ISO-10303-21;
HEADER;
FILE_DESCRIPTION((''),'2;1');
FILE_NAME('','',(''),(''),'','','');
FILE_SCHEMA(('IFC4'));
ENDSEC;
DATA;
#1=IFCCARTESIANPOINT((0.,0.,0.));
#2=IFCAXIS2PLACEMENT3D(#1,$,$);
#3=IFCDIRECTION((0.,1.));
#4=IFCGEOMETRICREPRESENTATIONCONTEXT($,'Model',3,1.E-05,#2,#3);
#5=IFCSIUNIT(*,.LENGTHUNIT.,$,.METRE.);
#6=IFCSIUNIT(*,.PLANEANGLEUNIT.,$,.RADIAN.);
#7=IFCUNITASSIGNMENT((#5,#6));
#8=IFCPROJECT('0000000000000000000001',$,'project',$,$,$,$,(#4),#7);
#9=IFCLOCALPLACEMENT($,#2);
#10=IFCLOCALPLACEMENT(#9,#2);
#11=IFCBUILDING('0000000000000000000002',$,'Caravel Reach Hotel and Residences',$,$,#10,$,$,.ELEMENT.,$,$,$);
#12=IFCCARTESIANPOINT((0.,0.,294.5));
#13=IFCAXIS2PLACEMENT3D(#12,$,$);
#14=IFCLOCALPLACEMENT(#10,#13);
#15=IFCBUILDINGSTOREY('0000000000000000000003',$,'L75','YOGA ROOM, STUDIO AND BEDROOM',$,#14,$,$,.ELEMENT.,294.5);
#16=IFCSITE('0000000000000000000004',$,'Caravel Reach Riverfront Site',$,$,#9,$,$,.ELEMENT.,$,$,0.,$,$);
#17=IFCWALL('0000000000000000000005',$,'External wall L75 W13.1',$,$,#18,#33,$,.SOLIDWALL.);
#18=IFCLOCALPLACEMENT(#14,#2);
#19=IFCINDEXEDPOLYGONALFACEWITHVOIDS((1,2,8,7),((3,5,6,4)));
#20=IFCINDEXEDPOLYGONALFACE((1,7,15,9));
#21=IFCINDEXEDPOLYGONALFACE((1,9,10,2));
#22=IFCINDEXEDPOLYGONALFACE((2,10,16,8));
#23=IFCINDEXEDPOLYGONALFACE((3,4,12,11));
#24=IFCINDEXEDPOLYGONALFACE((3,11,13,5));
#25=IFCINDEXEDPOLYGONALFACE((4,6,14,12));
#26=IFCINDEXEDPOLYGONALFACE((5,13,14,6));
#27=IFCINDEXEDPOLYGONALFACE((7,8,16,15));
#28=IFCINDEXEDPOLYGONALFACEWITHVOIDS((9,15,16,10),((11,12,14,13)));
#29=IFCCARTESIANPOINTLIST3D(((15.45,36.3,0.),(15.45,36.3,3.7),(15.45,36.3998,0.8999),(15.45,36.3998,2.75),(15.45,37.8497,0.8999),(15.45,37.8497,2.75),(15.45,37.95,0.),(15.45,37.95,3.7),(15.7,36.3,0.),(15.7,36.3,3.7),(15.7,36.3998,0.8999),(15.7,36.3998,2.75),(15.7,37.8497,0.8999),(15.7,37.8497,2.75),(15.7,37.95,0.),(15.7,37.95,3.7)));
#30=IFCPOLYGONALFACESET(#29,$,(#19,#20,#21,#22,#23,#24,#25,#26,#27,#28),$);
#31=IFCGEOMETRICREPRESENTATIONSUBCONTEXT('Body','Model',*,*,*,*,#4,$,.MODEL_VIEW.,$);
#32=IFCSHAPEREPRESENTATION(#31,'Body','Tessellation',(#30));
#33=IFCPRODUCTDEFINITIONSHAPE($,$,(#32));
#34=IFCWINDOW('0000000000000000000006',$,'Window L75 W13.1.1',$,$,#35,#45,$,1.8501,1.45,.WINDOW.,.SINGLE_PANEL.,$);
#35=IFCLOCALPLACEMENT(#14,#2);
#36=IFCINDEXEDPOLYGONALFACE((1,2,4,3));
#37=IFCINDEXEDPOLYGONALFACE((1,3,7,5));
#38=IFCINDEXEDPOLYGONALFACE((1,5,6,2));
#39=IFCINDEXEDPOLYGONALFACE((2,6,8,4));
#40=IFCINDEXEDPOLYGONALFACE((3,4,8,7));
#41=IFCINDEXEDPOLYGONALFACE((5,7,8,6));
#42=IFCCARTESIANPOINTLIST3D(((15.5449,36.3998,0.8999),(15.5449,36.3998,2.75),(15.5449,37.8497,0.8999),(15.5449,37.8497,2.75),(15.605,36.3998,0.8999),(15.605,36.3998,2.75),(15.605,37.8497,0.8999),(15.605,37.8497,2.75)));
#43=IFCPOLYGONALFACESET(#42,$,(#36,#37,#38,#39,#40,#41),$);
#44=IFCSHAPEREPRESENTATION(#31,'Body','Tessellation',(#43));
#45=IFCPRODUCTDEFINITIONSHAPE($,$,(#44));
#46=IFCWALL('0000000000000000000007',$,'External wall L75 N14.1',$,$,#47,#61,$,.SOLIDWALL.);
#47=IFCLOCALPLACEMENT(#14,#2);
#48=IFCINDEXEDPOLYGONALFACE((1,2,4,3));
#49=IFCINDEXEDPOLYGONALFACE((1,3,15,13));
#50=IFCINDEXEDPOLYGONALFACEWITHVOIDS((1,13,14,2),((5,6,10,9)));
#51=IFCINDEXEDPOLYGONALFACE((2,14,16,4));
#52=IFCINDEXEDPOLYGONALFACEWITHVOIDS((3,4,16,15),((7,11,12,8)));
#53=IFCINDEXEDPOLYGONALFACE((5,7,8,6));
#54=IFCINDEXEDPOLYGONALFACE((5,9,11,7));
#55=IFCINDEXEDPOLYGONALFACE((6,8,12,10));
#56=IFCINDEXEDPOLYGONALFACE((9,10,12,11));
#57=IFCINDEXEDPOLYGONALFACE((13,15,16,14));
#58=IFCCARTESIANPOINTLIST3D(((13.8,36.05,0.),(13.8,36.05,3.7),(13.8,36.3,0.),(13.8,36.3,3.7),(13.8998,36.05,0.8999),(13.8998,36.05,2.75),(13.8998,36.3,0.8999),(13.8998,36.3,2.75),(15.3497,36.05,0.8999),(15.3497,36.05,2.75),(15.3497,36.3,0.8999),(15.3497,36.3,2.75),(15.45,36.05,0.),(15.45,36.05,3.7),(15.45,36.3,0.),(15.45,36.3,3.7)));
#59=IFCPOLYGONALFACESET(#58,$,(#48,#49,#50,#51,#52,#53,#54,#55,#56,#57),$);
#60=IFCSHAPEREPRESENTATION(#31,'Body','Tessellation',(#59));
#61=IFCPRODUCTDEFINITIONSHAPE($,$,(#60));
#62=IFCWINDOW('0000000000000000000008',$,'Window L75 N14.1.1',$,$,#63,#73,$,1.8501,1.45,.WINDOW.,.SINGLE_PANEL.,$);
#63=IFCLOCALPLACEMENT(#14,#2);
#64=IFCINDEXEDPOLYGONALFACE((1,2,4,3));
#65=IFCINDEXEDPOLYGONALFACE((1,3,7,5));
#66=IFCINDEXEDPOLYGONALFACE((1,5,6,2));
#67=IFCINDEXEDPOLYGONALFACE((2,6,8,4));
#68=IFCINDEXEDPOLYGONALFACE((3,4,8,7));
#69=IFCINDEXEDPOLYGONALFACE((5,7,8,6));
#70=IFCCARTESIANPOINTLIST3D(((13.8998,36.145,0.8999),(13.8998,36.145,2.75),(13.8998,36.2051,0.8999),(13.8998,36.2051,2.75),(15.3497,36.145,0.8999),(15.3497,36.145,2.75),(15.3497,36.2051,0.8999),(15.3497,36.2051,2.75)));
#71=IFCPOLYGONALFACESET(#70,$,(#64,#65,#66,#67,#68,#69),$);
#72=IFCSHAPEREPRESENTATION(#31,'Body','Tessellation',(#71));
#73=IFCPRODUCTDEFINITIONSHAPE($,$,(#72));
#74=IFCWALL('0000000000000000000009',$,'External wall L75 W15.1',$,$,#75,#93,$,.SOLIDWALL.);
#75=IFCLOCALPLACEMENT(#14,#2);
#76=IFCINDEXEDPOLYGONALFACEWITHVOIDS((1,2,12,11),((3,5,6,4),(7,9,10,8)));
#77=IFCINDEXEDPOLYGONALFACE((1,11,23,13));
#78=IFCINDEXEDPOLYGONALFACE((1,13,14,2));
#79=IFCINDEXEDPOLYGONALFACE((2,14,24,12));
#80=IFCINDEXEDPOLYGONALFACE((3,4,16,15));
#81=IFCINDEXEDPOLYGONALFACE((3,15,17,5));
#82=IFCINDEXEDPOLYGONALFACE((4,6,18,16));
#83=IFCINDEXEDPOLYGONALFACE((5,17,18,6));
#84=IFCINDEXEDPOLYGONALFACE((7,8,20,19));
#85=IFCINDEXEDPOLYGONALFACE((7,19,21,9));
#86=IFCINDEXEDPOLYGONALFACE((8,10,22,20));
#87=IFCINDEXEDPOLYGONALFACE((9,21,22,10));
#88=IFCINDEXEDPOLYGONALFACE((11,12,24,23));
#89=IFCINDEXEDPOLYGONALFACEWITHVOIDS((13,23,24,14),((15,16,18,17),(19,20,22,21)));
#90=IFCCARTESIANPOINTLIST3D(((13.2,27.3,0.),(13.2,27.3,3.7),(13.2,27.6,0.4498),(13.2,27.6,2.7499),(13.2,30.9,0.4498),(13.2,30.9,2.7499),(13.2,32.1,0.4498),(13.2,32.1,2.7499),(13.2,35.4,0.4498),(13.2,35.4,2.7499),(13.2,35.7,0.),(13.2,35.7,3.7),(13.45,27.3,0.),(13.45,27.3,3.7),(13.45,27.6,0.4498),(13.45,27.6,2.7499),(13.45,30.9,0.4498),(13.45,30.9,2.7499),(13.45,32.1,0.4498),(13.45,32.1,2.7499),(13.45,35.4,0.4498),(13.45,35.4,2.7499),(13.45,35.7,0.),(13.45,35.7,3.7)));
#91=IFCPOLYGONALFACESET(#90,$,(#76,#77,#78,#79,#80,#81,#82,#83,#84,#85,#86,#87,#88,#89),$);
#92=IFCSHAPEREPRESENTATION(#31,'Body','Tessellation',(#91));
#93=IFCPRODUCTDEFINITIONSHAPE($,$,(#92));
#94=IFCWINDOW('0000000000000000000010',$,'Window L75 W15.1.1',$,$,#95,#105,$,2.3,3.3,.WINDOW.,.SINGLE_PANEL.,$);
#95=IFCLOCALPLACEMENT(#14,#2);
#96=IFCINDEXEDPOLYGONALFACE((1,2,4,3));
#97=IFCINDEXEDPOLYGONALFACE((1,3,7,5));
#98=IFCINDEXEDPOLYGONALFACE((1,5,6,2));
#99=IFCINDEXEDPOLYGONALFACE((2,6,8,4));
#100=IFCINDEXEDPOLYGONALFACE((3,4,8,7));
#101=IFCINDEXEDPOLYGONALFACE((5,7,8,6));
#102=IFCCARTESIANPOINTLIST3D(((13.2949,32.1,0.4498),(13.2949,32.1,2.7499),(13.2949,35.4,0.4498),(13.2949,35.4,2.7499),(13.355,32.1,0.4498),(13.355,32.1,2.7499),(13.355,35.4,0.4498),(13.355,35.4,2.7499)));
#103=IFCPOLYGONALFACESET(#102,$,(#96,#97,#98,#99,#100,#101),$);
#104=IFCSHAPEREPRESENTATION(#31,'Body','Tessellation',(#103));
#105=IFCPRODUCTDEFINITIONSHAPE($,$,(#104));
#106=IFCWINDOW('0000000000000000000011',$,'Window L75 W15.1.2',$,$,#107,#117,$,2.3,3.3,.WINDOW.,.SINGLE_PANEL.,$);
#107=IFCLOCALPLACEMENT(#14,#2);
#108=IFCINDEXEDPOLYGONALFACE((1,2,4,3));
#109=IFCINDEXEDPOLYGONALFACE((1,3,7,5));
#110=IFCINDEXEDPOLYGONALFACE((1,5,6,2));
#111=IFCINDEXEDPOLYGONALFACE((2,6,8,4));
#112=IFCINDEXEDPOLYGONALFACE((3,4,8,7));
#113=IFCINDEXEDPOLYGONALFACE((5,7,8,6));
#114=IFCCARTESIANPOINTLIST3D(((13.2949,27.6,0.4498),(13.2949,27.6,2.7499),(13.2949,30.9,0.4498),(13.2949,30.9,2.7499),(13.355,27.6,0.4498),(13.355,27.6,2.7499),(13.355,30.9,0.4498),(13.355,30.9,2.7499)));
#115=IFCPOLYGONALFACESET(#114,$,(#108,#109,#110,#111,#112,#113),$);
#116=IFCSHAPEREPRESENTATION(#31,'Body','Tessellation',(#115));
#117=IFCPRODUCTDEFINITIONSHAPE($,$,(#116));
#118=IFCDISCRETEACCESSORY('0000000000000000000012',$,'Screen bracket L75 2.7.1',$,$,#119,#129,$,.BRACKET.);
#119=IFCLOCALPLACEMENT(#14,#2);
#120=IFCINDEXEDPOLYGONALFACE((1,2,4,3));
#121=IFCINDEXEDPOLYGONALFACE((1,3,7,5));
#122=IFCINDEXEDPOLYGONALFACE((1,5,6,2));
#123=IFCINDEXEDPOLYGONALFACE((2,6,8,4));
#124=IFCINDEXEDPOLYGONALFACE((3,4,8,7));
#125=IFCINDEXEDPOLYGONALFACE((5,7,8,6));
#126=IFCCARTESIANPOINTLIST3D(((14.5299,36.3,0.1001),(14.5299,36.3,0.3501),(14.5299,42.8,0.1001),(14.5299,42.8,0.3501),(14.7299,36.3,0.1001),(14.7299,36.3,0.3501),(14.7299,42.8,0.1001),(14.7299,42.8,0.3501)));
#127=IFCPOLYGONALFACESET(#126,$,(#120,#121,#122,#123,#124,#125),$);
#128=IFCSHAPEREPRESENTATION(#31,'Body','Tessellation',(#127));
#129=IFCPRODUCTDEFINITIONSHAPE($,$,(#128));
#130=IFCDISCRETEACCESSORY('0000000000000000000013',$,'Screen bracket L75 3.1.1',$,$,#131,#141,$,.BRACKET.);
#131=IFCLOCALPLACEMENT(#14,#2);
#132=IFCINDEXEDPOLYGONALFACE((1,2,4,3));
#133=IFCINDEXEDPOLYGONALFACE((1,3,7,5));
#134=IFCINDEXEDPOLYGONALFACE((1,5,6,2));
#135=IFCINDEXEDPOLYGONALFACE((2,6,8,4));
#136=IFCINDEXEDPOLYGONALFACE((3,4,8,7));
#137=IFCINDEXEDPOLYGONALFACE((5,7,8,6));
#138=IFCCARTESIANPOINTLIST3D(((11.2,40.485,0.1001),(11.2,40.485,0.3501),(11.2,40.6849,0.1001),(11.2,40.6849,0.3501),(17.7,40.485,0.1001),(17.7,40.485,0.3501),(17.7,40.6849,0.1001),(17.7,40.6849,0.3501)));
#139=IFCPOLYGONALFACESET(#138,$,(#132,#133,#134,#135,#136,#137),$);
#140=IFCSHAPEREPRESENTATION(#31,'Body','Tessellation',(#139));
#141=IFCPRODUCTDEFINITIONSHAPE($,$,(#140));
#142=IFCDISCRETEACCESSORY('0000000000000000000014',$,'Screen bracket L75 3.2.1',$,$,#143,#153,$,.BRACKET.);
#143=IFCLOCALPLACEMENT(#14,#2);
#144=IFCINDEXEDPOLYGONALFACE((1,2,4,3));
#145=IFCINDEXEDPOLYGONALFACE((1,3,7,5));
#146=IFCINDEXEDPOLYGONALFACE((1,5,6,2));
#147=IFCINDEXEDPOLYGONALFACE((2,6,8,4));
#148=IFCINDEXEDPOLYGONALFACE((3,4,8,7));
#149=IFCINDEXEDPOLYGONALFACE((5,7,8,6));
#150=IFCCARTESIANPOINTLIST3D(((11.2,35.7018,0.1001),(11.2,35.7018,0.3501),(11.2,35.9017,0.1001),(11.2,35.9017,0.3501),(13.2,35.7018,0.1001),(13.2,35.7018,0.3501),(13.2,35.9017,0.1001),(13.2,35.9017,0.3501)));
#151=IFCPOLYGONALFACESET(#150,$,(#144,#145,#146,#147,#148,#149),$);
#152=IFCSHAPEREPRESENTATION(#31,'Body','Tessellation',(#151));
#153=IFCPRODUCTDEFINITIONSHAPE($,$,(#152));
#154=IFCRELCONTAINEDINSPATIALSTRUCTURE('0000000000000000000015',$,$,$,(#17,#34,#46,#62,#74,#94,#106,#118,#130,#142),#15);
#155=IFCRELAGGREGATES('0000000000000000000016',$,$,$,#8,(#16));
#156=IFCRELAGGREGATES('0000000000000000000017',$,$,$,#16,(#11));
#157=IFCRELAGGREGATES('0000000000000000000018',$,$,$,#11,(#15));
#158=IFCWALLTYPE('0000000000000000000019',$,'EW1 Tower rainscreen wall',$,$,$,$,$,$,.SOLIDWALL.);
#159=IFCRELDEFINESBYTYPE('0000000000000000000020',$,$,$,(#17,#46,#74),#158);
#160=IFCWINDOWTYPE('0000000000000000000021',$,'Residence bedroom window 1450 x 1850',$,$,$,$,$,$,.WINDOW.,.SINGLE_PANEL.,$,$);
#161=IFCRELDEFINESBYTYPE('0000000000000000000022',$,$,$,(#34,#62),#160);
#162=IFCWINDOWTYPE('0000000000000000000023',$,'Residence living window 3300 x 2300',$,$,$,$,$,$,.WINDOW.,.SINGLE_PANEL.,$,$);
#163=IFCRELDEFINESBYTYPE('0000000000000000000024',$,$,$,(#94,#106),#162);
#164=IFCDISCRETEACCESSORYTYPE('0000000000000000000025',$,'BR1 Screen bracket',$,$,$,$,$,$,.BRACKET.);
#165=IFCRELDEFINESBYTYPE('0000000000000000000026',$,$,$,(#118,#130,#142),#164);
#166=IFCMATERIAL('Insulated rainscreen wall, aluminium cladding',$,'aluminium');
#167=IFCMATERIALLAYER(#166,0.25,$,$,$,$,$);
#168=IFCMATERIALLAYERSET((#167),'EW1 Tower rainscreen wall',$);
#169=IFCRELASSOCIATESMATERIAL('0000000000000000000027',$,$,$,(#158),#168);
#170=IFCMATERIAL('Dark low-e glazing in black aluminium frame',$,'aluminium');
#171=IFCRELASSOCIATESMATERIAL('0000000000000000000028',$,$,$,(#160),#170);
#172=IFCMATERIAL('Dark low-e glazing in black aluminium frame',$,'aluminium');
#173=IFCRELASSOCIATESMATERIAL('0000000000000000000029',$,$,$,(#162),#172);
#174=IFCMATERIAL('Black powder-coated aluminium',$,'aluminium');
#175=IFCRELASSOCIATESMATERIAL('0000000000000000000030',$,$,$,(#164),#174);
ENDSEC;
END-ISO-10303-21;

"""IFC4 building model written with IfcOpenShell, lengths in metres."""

from ifc_helpers import new_model, si_unit, direction, frame, frame_2d, origin, origin_2d, place, context, subcontext, project, spatial, rectangle, extrude, material, layer, layer_set, type_object, element, fill, save


model = new_model("IFC4")

# Units and contexts
model_context = context("Model", 3, precision=1e-05, world=origin(), true_north=direction((0.0, 1.0)))
body_context = subcontext(model_context, "Body", "Model", "MODEL_VIEW")
ifc_project = project(units=[si_unit("LENGTHUNIT", "METRE"), si_unit("PLANEANGLEUNIT", "RADIAN")], contexts=[model_context])

# Site, building, storey
site_placement = place(None, origin())
site = spatial("IfcSite", under=ifc_project, at=site_placement, Name="Caravel Reach Riverfront Site", CompositionType="ELEMENT", RefElevation=0.0)
building_placement = place(site_placement, origin())
building = spatial("IfcBuilding", under=site, at=building_placement, Name="Caravel Reach Hotel and Residences", CompositionType="ELEMENT")
storey_placement = place(building_placement, frame((0.0, 0.0, 294.5)))
storey = spatial("IfcBuildingStorey", under=building, at=storey_placement, Name="L75", Description="YOGA ROOM, STUDIO AND BEDROOM", CompositionType="ELEMENT", Elevation=294.5)

# Walls, openings, windows
ifc_material_1 = material(Name="Insulated rainscreen wall, aluminium cladding", Category="aluminium")
ifc_layer = layer(ifc_material_1, 0.25)
ifc_layer_set = layer_set([ifc_layer], Name="EW1 Tower rainscreen wall")
wall_type = type_object("IfcWallType", Name="EW1 Tower rainscreen wall", PredefinedType="SOLIDWALL", material=ifc_layer_set)
wall_1_placement = place(storey_placement, frame((15.575, 37.95, 0.0), z_axis=(0.0, 0.0, 1.0), x_axis=(0.0, -1.0, 0.0)))
wall_1 = element("IfcWall", 1, at=wall_1_placement, inside=storey, type_object=wall_type, Name="External wall L75 W13.1", PredefinedType="SOLIDWALL", context=body_context, shape_type="SweptSolid", body=[
    extrude(rectangle(XDim=1.6499, YDim=0.25, at=frame_2d((0.825, 0.0))), origin(), (0.0, 0.0, 1.0), 3.7),
])
opening_1_placement = place(wall_1_placement, frame((0.1001, 0.0, 0.8999)))
opening_1 = element("IfcOpeningElement", 2, at=opening_1_placement, cuts=wall_1, PredefinedType="OPENING", context=body_context, shape_type="SweptSolid", body=[
    extrude(rectangle(XDim=1.45, YDim=1.8501, at=frame_2d((0.7251, 0.925))), frame((0.0, 0.135, 0.0), z_axis=(0.0, -1.0, 0.0), x_axis=(1.0, 0.0, 0.0)), (0.0, 0.0, 1.0), 0.27),
])
ifc_material_2 = material(Name="Dark low-e glazing in black aluminium frame", Category="aluminium")
window_type_1 = type_object("IfcWindowType", Name="Residence bedroom window 1450 x 1850", PartitioningType="SINGLE_PANEL", PredefinedType="WINDOW", material=ifc_material_2)
window_1_placement = place(opening_1_placement, origin())
window_1 = element("IfcWindow", 3, at=window_1_placement, inside=storey, type_object=window_type_1, Name="Window L75 W13.1.1", OverallHeight=1.8501, OverallWidth=1.45, PartitioningType="SINGLE_PANEL", PredefinedType="WINDOW", context=body_context, shape_type="SweptSolid", body=[
    extrude(rectangle(XDim=1.45, YDim=1.8501, at=frame_2d((0.7251, 0.925))), frame((0.0, 0.03, 0.0), z_axis=(0.0, -1.0, 0.0), x_axis=(1.0, 0.0, 0.0)), (0.0, 0.0, 1.0), 0.0601),
])
fill(opening_1, window_1)
wall_2_placement = place(storey_placement, frame((15.45, 36.175, 0.0), z_axis=(0.0, 0.0, 1.0), x_axis=(-1.0, 0.0, 0.0)))
wall_2 = element("IfcWall", 4, at=wall_2_placement, inside=storey, type_object=wall_type, Name="External wall L75 N14.1", PredefinedType="SOLIDWALL", context=body_context, shape_type="SweptSolid", body=[
    extrude(rectangle(XDim=1.6499, YDim=0.25, at=frame_2d((0.825, 0.0))), origin(), (0.0, 0.0, 1.0), 3.7),
])
opening_2_placement = place(wall_2_placement, frame((0.1001, 0.0, 0.8999)))
opening_2 = element("IfcOpeningElement", 5, at=opening_2_placement, cuts=wall_2, PredefinedType="OPENING", context=body_context, shape_type="SweptSolid", body=[
    extrude(rectangle(XDim=1.45, YDim=1.8501, at=frame_2d((0.7251, 0.925))), frame((0.0, 0.135, 0.0), z_axis=(0.0, -1.0, 0.0), x_axis=(1.0, 0.0, 0.0)), (0.0, 0.0, 1.0), 0.27),
])
window_2_placement = place(opening_2_placement, origin())
window_2 = element("IfcWindow", 6, at=window_2_placement, inside=storey, type_object=window_type_1, Name="Window L75 N14.1.1", OverallHeight=1.8501, OverallWidth=1.45, PartitioningType="SINGLE_PANEL", PredefinedType="WINDOW", context=body_context, shape_type="SweptSolid", body=[
    extrude(rectangle(XDim=1.45, YDim=1.8501, at=frame_2d((0.7251, 0.925))), frame((0.0, 0.03, 0.0), z_axis=(0.0, -1.0, 0.0), x_axis=(1.0, 0.0, 0.0)), (0.0, 0.0, 1.0), 0.0601),
])
fill(opening_2, window_2)

# Wall, openings, windows
wall_3_placement = place(storey_placement, frame((13.325, 35.7, 0.0), z_axis=(0.0, 0.0, 1.0), x_axis=(0.0, -1.0, 0.0)))
wall_3 = element("IfcWall", 7, at=wall_3_placement, inside=storey, type_object=wall_type, Name="External wall L75 W15.1", PredefinedType="SOLIDWALL", context=body_context, shape_type="SweptSolid", body=[
    extrude(rectangle(XDim=8.3999, YDim=0.25, at=frame_2d((4.2, 0.0))), origin(), (0.0, 0.0, 1.0), 3.7),
])
opening_3_placement = place(wall_3_placement, frame((0.3, 0.0, 0.45)))
opening_3 = element("IfcOpeningElement", 8, at=opening_3_placement, cuts=wall_3, PredefinedType="OPENING", context=body_context, shape_type="SweptSolid", body=[
    extrude(rectangle(XDim=3.3, YDim=2.3, at=frame_2d((1.6499, 1.1499))), frame((0.0, 0.135, 0.0), z_axis=(0.0, -1.0, 0.0), x_axis=(1.0, 0.0, 0.0)), (0.0, 0.0, 1.0), 0.27),
])
opening_4_placement = place(wall_3_placement, frame((4.8, 0.0, 0.45)))
opening_4 = element("IfcOpeningElement", 9, at=opening_4_placement, cuts=wall_3, PredefinedType="OPENING", context=body_context, shape_type="SweptSolid", body=[
    extrude(rectangle(XDim=3.3, YDim=2.3, at=frame_2d((1.6499, 1.1499))), frame((0.0, 0.135, 0.0), z_axis=(0.0, -1.0, 0.0), x_axis=(1.0, 0.0, 0.0)), (0.0, 0.0, 1.0), 0.27),
])
ifc_material_3 = material(Name="Dark low-e glazing in black aluminium frame", Category="aluminium")
window_type_2 = type_object("IfcWindowType", Name="Residence living window 3300 x 2300", PartitioningType="SINGLE_PANEL", PredefinedType="WINDOW", material=ifc_material_3)
window_3_placement = place(opening_3_placement, origin())
window_3 = element("IfcWindow", 10, at=window_3_placement, inside=storey, type_object=window_type_2, Name="Window L75 W15.1.1", OverallHeight=2.3, OverallWidth=3.3, PartitioningType="SINGLE_PANEL", PredefinedType="WINDOW", context=body_context, shape_type="SweptSolid", body=[
    extrude(rectangle(XDim=3.3, YDim=2.3, at=frame_2d((1.6499, 1.1499))), frame((0.0, 0.03, 0.0), z_axis=(0.0, -1.0, 0.0), x_axis=(1.0, 0.0, 0.0)), (0.0, 0.0, 1.0), 0.0601),
])
fill(opening_3, window_3)
window_4_placement = place(opening_4_placement, origin())
window_4 = element("IfcWindow", 11, at=window_4_placement, inside=storey, type_object=window_type_2, Name="Window L75 W15.1.2", OverallHeight=2.3, OverallWidth=3.3, PartitioningType="SINGLE_PANEL", PredefinedType="WINDOW", context=body_context, shape_type="SweptSolid", body=[
    extrude(rectangle(XDim=3.3, YDim=2.3, at=frame_2d((1.6499, 1.1499))), frame((0.0, 0.03, 0.0), z_axis=(0.0, -1.0, 0.0), x_axis=(1.0, 0.0, 0.0)), (0.0, 0.0, 1.0), 0.0601),
])
fill(opening_4, window_4)

# Discrete accessories
ifc_material_4 = material(Name="Black powder-coated aluminium", Category="aluminium")
discrete_accessory_type = type_object("IfcDiscreteAccessoryType", Name="BR1 Screen bracket", PredefinedType="BRACKET", material=ifc_material_4)
for number, where, z_axis, x_axis, name in (
    (12, (14.6299, 39.55, 0.1001), (0.0, 0.0, 1.0), (0.0, 1.0, 0.0), "Screen bracket L75 2.7.1"),
    (13, (14.45, 40.585, 0.1001), (0.0, 0.0, 1.0), (-1.0, 0.0, 0.0), "Screen bracket L75 3.1.1"),
):
    element("IfcDiscreteAccessory", number, at=place(storey_placement, frame(where, z_axis=z_axis, x_axis=x_axis)), inside=storey, type_object=discrete_accessory_type, Name=name, PredefinedType="BRACKET", context=body_context, shape_type="SweptSolid", body=[
        extrude(rectangle(XDim=6.5, YDim=0.2, at=origin_2d()), origin(), (0.0, 0.0, 1.0), 0.25),
    ])
discrete_accessory_placement = place(storey_placement, frame((12.2, 35.8018, 0.1001), z_axis=(0.0, 0.0, 1.0), x_axis=(-1.0, 0.0, 0.0)))
element("IfcDiscreteAccessory", 14, at=discrete_accessory_placement, inside=storey, type_object=discrete_accessory_type, Name="Screen bracket L75 3.2.1", PredefinedType="BRACKET", context=body_context, shape_type="SweptSolid", body=[
    extrude(rectangle(XDim=2.0, YDim=0.2, at=origin_2d()), origin(), (0.0, 0.0, 1.0), 0.25),
])

save(model, "model.ifc")
